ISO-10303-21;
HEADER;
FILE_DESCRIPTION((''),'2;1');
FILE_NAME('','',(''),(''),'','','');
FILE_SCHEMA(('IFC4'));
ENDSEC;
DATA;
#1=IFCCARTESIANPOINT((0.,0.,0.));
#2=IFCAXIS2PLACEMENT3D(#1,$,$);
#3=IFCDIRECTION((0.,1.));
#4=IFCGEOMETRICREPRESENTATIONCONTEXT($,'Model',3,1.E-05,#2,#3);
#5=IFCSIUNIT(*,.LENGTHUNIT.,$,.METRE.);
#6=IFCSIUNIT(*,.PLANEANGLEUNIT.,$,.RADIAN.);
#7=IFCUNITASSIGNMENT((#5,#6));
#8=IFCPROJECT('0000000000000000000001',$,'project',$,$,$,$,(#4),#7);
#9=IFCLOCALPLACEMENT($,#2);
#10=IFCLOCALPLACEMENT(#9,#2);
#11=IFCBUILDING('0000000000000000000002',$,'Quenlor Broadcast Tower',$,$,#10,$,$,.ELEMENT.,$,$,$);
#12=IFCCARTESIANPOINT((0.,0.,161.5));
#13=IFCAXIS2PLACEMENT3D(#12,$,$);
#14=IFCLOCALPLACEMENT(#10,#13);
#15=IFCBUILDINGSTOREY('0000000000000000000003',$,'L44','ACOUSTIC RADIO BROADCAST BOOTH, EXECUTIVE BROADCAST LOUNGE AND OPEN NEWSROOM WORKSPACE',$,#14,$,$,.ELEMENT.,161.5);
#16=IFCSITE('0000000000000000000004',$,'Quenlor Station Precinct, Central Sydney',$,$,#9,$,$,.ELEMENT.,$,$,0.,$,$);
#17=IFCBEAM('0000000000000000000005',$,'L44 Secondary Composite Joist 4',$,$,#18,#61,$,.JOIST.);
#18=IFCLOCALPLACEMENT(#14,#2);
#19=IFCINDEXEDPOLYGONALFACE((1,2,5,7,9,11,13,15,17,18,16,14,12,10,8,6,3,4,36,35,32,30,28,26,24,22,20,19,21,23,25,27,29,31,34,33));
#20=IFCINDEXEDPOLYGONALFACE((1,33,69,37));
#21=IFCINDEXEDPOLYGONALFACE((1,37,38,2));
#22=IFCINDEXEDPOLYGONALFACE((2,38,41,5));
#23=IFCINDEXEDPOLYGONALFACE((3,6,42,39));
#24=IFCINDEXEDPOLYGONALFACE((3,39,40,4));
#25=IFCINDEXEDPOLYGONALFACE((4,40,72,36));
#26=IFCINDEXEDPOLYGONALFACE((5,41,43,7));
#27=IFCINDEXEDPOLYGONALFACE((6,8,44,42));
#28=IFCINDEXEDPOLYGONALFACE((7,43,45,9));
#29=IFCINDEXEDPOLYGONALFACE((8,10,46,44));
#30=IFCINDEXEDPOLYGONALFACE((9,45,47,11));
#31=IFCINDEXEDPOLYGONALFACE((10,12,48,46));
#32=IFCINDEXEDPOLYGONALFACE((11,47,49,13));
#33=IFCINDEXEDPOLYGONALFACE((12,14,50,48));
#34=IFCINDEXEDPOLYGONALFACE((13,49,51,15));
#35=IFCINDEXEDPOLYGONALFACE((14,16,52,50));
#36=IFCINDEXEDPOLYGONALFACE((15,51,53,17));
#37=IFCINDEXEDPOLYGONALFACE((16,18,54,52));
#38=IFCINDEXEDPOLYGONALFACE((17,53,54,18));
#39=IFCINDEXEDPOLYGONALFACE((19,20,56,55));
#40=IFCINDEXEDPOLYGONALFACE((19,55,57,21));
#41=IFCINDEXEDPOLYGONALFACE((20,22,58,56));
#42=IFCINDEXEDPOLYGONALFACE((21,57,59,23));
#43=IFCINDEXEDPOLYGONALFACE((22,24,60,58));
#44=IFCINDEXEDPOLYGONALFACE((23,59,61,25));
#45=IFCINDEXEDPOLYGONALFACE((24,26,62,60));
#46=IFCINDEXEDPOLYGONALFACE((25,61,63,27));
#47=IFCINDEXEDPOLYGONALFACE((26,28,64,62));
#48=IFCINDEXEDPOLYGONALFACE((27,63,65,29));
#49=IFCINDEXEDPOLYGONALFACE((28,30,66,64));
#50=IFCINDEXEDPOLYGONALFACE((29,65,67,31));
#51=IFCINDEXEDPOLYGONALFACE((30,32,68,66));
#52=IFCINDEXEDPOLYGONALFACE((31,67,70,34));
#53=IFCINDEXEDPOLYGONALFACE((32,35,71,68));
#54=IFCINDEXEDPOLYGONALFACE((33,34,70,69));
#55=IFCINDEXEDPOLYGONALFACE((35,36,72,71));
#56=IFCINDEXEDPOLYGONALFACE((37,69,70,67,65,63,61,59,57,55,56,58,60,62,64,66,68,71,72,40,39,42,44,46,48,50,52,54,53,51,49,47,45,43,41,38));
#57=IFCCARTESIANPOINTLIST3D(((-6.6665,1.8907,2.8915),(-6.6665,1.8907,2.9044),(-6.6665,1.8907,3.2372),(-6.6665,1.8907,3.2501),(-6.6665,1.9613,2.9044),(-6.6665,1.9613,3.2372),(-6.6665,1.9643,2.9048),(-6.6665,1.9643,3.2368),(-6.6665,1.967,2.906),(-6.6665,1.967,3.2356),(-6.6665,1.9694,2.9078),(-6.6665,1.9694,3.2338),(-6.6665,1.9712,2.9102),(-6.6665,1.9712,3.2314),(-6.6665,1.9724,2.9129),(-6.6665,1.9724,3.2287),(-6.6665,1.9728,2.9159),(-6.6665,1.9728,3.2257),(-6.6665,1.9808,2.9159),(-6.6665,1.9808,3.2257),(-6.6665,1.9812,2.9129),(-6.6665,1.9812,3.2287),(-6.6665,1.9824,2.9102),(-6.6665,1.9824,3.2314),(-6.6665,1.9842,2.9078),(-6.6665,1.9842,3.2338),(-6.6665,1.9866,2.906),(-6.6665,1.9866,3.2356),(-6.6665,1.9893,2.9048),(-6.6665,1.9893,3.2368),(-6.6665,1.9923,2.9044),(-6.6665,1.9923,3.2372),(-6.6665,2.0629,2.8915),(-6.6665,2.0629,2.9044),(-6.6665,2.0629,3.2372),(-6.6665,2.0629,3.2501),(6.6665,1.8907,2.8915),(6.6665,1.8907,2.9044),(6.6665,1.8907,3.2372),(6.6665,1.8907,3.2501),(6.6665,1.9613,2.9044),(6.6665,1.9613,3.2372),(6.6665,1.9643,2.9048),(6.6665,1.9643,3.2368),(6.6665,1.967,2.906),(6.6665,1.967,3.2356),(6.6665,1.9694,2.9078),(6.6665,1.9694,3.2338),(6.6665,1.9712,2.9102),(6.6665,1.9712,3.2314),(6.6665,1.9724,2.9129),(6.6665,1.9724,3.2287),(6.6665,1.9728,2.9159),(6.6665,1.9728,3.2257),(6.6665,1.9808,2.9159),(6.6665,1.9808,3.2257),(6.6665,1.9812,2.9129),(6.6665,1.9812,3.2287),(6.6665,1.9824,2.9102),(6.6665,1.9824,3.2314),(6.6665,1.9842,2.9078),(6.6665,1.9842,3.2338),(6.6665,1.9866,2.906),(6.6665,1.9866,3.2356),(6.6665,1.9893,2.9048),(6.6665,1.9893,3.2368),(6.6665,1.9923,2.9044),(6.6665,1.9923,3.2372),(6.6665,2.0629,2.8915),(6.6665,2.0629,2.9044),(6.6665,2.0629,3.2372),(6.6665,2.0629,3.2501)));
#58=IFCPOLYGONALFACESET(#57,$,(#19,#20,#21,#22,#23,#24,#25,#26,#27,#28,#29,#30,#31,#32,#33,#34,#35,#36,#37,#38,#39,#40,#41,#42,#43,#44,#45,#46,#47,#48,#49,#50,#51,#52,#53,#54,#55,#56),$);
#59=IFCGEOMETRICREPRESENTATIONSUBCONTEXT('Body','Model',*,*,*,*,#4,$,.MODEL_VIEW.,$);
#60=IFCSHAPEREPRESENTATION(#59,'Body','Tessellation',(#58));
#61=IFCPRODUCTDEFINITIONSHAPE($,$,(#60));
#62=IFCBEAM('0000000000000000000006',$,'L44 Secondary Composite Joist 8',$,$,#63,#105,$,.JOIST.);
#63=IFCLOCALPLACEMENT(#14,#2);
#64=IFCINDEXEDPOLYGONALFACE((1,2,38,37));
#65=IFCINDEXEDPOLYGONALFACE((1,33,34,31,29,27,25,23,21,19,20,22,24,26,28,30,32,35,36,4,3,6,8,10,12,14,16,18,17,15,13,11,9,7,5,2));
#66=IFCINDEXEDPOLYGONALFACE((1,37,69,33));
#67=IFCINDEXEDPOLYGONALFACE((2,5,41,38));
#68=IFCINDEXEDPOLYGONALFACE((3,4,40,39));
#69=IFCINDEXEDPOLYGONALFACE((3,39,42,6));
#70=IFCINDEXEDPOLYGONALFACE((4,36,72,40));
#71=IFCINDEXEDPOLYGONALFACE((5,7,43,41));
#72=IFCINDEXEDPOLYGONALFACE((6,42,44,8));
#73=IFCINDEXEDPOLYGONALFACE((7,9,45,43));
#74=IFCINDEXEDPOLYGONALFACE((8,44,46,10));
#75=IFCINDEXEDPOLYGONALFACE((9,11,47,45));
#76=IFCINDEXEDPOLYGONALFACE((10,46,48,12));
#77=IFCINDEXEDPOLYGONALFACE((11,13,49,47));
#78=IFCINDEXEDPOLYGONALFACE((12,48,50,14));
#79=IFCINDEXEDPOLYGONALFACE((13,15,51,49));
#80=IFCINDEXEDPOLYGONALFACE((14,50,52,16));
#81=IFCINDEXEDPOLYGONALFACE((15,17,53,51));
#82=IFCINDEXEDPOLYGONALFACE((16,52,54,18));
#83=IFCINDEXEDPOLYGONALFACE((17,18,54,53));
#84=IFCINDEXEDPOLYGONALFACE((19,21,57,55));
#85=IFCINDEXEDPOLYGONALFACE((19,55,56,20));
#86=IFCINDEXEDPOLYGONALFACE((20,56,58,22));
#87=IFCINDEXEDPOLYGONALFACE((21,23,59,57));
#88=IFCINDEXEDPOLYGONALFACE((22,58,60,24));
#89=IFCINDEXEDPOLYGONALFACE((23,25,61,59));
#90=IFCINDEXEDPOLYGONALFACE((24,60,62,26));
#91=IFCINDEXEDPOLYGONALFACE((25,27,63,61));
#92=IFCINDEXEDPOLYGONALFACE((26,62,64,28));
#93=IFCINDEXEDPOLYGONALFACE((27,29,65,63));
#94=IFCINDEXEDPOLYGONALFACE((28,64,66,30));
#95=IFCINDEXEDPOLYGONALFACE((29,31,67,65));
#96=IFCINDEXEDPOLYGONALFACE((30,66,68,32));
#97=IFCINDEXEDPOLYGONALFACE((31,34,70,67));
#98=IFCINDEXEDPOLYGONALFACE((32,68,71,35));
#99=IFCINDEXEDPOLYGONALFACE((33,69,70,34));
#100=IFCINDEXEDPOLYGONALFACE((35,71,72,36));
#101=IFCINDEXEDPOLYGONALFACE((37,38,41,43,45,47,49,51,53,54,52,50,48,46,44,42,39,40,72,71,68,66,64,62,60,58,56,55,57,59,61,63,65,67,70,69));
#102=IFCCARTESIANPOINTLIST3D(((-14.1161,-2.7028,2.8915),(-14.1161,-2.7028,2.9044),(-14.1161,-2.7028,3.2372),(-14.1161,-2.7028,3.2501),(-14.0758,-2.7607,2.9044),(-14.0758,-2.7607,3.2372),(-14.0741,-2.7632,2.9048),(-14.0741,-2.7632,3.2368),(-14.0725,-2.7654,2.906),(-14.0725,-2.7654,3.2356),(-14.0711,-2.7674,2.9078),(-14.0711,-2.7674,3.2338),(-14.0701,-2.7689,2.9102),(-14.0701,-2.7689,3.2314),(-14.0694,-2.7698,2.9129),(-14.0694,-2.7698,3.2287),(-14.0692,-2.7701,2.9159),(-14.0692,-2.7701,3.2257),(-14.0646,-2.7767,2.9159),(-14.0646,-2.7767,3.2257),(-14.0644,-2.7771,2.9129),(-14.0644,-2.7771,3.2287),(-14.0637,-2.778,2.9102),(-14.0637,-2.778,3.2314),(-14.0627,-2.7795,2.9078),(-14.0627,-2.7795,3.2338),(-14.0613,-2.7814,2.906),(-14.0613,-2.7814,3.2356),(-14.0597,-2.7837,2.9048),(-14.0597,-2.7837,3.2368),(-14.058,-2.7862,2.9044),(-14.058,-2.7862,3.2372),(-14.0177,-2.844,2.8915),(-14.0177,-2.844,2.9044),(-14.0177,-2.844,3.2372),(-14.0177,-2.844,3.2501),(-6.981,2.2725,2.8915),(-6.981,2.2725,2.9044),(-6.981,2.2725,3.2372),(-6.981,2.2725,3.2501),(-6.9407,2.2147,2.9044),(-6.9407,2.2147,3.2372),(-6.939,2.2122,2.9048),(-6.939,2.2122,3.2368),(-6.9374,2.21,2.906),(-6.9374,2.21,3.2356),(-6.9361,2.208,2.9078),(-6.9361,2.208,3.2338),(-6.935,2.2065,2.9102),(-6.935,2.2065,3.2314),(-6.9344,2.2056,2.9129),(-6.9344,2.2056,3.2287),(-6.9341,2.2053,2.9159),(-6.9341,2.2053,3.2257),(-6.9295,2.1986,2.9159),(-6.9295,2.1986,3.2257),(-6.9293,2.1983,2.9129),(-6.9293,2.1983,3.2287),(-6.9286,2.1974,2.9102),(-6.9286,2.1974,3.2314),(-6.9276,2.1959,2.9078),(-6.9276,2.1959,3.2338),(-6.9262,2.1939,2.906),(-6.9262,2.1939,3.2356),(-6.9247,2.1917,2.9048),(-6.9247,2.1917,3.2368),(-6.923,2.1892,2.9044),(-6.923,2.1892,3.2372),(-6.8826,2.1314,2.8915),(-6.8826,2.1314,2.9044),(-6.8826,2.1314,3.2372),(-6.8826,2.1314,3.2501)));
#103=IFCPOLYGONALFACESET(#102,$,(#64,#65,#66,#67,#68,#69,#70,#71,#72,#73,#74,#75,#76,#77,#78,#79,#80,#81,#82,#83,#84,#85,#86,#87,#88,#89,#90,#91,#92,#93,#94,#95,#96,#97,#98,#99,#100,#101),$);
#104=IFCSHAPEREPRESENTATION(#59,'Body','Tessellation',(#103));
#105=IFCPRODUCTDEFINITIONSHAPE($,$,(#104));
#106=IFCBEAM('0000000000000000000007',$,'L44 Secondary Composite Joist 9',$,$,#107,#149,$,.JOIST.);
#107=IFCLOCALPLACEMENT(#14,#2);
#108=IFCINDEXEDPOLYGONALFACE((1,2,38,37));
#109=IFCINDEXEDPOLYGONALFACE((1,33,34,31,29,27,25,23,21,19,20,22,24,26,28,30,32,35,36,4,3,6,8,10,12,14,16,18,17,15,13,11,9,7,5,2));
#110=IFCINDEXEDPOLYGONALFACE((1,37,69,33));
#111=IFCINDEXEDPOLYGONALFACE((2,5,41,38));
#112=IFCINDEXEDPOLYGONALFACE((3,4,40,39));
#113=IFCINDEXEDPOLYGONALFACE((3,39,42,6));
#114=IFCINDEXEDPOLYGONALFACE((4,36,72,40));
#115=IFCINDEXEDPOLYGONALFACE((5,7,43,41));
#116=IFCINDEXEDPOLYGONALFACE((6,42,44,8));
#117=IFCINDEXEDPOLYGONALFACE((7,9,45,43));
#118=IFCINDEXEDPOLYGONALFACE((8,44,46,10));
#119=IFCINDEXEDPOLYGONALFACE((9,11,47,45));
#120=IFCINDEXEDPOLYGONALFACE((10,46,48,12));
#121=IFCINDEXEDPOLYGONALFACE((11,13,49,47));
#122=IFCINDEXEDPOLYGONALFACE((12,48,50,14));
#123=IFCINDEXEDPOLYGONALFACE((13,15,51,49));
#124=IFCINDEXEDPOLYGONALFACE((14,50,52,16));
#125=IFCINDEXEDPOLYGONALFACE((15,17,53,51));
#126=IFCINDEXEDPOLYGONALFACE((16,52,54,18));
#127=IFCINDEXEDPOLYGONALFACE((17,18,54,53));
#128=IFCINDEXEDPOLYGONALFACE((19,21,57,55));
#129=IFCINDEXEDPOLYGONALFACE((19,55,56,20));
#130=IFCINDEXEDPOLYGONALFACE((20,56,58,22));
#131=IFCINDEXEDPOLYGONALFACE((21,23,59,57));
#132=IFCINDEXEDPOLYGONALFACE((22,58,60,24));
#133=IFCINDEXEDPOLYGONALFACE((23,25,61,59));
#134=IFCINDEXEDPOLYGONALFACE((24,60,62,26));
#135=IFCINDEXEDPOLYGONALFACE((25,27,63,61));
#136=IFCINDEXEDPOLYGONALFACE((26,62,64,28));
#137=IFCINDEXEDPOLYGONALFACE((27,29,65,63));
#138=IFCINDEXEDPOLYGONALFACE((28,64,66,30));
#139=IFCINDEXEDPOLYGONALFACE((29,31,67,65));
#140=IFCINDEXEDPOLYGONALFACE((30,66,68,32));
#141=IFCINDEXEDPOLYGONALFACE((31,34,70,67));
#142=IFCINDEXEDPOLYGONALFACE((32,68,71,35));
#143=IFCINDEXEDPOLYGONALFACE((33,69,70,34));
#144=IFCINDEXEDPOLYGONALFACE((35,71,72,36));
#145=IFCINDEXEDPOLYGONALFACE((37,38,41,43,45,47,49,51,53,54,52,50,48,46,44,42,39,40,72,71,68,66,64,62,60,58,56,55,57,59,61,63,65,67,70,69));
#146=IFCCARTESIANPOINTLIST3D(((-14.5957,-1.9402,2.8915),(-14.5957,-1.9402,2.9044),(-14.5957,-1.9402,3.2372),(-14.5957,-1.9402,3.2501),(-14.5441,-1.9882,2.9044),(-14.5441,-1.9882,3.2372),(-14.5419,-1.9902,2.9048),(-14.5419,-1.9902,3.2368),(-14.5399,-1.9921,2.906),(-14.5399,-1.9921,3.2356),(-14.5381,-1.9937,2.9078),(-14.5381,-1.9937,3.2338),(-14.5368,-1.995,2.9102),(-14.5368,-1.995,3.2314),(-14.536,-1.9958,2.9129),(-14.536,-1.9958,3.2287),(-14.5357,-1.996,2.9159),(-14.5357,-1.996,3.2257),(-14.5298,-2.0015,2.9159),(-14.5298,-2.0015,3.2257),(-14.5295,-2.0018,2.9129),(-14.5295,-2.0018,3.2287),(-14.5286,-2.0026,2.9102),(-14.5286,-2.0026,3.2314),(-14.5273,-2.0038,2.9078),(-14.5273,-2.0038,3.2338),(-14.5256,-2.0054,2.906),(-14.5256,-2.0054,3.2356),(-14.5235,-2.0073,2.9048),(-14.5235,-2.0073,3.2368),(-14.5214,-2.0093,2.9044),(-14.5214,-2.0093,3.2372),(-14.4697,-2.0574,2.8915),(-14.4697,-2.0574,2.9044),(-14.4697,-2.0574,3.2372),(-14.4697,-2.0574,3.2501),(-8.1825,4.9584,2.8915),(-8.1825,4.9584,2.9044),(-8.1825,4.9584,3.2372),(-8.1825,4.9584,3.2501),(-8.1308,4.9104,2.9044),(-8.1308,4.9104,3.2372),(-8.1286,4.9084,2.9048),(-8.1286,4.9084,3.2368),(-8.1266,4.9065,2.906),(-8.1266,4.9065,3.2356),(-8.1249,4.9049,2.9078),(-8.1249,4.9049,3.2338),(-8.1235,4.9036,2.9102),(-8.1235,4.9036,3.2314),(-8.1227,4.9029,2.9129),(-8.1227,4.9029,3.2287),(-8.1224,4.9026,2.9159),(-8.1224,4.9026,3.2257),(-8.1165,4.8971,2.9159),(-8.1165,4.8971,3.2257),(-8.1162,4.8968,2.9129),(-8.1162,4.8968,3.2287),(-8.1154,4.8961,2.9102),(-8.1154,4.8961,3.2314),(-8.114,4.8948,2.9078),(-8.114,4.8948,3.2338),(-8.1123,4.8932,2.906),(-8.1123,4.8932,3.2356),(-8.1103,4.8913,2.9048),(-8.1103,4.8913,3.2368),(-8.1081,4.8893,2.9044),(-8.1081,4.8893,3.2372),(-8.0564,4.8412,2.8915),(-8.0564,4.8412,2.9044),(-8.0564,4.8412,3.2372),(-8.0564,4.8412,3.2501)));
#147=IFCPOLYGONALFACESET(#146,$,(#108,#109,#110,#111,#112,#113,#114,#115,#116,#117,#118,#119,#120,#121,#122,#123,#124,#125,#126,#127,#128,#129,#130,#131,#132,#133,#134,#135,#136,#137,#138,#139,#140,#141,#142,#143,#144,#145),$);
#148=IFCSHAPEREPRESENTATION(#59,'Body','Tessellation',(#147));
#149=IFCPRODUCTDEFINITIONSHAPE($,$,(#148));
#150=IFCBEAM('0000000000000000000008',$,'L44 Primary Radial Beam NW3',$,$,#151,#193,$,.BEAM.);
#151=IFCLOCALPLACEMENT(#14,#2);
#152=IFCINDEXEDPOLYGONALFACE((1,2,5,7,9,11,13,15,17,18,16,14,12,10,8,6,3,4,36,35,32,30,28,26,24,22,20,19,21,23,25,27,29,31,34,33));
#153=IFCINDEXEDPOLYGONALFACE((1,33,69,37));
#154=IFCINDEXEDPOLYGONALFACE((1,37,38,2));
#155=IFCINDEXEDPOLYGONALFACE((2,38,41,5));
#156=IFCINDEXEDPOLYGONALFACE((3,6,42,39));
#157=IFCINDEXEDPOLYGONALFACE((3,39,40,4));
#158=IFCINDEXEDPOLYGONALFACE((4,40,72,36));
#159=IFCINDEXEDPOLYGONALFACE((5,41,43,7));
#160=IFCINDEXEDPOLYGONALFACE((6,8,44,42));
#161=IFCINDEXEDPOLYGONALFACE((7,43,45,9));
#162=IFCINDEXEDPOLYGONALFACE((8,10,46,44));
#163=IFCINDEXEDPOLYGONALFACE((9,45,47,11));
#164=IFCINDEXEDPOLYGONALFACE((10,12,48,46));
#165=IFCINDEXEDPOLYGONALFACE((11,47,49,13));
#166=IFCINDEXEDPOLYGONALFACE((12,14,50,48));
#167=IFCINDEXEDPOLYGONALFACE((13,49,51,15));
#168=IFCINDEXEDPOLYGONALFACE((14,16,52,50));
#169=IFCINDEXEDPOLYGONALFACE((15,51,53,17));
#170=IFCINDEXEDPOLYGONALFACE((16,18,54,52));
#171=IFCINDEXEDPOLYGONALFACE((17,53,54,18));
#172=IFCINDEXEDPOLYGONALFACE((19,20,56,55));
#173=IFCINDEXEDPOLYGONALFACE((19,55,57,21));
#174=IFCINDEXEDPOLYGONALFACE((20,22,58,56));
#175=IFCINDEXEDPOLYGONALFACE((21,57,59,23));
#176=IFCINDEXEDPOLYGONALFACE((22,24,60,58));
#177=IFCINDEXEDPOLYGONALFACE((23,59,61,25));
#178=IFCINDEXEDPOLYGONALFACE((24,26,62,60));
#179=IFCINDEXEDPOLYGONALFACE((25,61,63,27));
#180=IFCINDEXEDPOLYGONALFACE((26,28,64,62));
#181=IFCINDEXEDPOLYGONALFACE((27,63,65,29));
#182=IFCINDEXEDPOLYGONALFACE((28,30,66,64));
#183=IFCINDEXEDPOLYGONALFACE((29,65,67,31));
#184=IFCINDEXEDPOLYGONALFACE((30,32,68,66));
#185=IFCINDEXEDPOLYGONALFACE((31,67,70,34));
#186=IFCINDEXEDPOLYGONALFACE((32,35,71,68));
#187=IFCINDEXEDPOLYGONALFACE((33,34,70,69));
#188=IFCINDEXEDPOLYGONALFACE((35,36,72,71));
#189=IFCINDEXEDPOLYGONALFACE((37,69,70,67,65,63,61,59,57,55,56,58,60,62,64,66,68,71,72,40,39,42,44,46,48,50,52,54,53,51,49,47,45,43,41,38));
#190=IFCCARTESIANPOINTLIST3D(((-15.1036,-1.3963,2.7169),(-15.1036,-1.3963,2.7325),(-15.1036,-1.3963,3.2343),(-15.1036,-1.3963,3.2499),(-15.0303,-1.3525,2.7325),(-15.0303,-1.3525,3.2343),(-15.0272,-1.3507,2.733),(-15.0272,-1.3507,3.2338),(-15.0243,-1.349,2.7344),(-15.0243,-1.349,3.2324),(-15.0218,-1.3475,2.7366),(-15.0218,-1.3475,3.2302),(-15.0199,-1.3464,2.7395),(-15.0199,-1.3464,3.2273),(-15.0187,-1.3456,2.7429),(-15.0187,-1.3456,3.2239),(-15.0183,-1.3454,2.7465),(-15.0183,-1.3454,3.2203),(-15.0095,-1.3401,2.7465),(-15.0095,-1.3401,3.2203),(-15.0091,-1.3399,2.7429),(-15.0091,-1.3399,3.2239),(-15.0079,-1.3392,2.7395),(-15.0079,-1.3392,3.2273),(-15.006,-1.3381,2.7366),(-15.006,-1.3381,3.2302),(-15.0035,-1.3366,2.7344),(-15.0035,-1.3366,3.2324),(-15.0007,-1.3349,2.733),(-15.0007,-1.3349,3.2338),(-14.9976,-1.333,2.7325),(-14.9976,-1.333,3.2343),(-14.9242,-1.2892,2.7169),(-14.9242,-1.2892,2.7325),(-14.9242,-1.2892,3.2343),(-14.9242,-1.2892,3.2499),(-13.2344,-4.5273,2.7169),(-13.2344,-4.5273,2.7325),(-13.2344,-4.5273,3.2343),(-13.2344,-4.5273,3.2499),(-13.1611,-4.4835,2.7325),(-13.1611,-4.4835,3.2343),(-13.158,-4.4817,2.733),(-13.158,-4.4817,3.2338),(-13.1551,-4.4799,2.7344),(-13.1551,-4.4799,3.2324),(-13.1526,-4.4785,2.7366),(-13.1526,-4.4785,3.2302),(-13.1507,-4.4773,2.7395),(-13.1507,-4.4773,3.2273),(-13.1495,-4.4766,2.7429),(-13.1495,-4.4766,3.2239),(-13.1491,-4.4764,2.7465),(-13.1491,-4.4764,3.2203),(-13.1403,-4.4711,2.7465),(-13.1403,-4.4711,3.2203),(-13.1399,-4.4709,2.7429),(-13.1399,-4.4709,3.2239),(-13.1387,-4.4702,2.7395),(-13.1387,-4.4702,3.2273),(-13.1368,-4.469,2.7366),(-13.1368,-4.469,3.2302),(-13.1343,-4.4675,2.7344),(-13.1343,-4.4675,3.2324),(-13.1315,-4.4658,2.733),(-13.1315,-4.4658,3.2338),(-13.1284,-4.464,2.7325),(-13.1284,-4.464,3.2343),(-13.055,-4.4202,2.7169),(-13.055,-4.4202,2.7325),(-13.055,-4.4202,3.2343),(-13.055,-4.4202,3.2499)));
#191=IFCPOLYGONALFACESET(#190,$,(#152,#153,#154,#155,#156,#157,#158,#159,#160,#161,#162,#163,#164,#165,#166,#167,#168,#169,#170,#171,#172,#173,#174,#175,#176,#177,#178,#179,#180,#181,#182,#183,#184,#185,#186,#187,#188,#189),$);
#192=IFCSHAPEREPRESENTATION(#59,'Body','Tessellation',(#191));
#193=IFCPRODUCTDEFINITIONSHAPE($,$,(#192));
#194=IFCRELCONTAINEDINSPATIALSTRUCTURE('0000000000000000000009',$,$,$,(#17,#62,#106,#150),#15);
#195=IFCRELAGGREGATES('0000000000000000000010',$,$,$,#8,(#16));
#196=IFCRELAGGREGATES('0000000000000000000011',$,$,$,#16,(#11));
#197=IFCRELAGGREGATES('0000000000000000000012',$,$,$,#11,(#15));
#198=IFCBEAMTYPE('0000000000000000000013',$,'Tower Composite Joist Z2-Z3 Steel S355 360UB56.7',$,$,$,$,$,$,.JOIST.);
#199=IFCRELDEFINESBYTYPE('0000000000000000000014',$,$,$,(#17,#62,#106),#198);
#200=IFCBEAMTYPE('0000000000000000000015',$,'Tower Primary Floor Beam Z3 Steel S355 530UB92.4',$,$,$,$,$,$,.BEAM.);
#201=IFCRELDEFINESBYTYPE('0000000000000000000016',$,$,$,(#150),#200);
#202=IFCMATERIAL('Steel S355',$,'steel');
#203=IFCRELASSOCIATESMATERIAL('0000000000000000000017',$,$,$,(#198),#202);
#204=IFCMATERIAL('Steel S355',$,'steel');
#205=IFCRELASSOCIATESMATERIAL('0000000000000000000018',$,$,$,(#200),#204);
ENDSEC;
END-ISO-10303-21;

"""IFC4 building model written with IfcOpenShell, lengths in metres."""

from ifc_helpers import new_model, si_unit, direction, frame, origin, origin_2d, place, context, subcontext, project, spatial, i_section, extrude, material, material_profile, profile_set, type_object, element, save


model = new_model("IFC4")

# Units and contexts
model_context = context("Model", 3, precision=1e-05, world=origin(), true_north=direction((0.0, 1.0)))
body_context = subcontext(model_context, "Body", "Model", "MODEL_VIEW")
ifc_project = project(units=[si_unit("LENGTHUNIT", "METRE"), si_unit("PLANEANGLEUNIT", "RADIAN")], contexts=[model_context])

# Site, building, storey
site_placement = place(None, origin())
site = spatial("IfcSite", under=ifc_project, at=site_placement, Name="Quenlor Station Precinct, Central Sydney", CompositionType="ELEMENT", RefElevation=0.0)
building_placement = place(site_placement, origin())
building = spatial("IfcBuilding", under=site, at=building_placement, Name="Quenlor Broadcast Tower", CompositionType="ELEMENT")
storey_placement = place(building_placement, frame((0.0, 0.0, 161.5)))
storey = spatial("IfcBuildingStorey", under=building, at=storey_placement, Name="L44", Description="ACOUSTIC RADIO BROADCAST BOOTH, EXECUTIVE BROADCAST LOUNGE AND OPEN NEWSROOM WORKSPACE", CompositionType="ELEMENT", Elevation=161.5)

# Beams
ifc_material_1 = material(Name="Steel S355", Category="steel")
ifc_material_profile_1 = material_profile(ifc_material_1, i_section(OverallWidth=0.1721, OverallDepth=0.3586, WebThickness=0.0081, FlangeThickness=0.0129, FilletRadius=0.0115, at=origin_2d()))
ifc_profile_set_1 = profile_set([ifc_material_profile_1], Name="Steel S355 360UB56.7")
beam_type_1 = type_object("IfcBeamType", Name="Tower Composite Joist Z2-Z3 Steel S355 360UB56.7", PredefinedType="JOIST", material=ifc_profile_set_1)
beam_1_placement = place(storey_placement, frame((-6.6665, 1.9768, 3.0708), z_axis=(1.0, 0.0, 0.0), x_axis=(0.0, 1.0, 0.0)))
element("IfcBeam", 1, at=beam_1_placement, inside=storey, type_object=beam_type_1, Name="L44 Secondary Composite Joist 4", PredefinedType="JOIST", context=body_context, shape_type="SweptSolid", body=[
    extrude(i_section(OverallWidth=0.1721, OverallDepth=0.3586, WebThickness=0.0081, FlangeThickness=0.0129, FilletRadius=0.0115, at=origin_2d()), origin(), (0.0, 0.0, 1.0), 13.333),
])
beam_2_placement = place(storey_placement, frame((-14.0669, -2.7734, 3.0708), z_axis=(0.820266, 0.571983, 0.0), x_axis=(-0.571983, 0.820266, 0.0)))
element("IfcBeam", 2, at=beam_2_placement, inside=storey, type_object=beam_type_1, Name="L44 Secondary Composite Joist 8", PredefinedType="JOIST", context=body_context, shape_type="SweptSolid", body=[
    extrude(i_section(OverallWidth=0.1721, OverallDepth=0.3586, WebThickness=0.0081, FlangeThickness=0.0129, FilletRadius=0.0115, at=origin_2d()), origin(), (0.0, 0.0, 1.0), 8.6985),
])
beam_3_placement = place(storey_placement, frame((-14.5327, -1.9988, 3.0708), z_axis=(0.680874, 0.732401, 0.0), x_axis=(-0.732401, 0.680874, 0.0)))
element("IfcBeam", 3, at=beam_3_placement, inside=storey, type_object=beam_type_1, Name="L44 Secondary Composite Joist 9", PredefinedType="JOIST", context=body_context, shape_type="SweptSolid", body=[
    extrude(i_section(OverallWidth=0.1721, OverallDepth=0.3586, WebThickness=0.0081, FlangeThickness=0.0129, FilletRadius=0.0115, at=origin_2d()), origin(), (0.0, 0.0, 1.0), 9.4192),
])
ifc_material_2 = material(Name="Steel S355", Category="steel")
ifc_material_profile_2 = material_profile(ifc_material_2, i_section(OverallWidth=0.209, OverallDepth=0.533, WebThickness=0.0103, FlangeThickness=0.0156, FilletRadius=0.0139, at=origin_2d()))
ifc_profile_set_2 = profile_set([ifc_material_profile_2], Name="Steel S355 530UB92.4")
beam_type_2 = type_object("IfcBeamType", Name="Tower Primary Floor Beam Z3 Steel S355 530UB92.4", PredefinedType="BEAM", material=ifc_profile_set_2)
beam_4_placement = place(storey_placement, frame((-15.0139, -1.3428, 2.9834), z_axis=(0.512604, -0.858625, 0.0), x_axis=(0.858625, 0.512604, 0.0)))
element("IfcBeam", 4, at=beam_4_placement, inside=storey, type_object=beam_type_2, Name="L44 Primary Radial Beam NW3", PredefinedType="BEAM", context=body_context, shape_type="SweptSolid", body=[
    extrude(i_section(OverallWidth=0.209, OverallDepth=0.533, WebThickness=0.0103, FlangeThickness=0.0156, FilletRadius=0.0139, at=origin_2d()), origin(), (0.0, 0.0, 1.0), 3.6465),
])

save(model, "model.ifc")
